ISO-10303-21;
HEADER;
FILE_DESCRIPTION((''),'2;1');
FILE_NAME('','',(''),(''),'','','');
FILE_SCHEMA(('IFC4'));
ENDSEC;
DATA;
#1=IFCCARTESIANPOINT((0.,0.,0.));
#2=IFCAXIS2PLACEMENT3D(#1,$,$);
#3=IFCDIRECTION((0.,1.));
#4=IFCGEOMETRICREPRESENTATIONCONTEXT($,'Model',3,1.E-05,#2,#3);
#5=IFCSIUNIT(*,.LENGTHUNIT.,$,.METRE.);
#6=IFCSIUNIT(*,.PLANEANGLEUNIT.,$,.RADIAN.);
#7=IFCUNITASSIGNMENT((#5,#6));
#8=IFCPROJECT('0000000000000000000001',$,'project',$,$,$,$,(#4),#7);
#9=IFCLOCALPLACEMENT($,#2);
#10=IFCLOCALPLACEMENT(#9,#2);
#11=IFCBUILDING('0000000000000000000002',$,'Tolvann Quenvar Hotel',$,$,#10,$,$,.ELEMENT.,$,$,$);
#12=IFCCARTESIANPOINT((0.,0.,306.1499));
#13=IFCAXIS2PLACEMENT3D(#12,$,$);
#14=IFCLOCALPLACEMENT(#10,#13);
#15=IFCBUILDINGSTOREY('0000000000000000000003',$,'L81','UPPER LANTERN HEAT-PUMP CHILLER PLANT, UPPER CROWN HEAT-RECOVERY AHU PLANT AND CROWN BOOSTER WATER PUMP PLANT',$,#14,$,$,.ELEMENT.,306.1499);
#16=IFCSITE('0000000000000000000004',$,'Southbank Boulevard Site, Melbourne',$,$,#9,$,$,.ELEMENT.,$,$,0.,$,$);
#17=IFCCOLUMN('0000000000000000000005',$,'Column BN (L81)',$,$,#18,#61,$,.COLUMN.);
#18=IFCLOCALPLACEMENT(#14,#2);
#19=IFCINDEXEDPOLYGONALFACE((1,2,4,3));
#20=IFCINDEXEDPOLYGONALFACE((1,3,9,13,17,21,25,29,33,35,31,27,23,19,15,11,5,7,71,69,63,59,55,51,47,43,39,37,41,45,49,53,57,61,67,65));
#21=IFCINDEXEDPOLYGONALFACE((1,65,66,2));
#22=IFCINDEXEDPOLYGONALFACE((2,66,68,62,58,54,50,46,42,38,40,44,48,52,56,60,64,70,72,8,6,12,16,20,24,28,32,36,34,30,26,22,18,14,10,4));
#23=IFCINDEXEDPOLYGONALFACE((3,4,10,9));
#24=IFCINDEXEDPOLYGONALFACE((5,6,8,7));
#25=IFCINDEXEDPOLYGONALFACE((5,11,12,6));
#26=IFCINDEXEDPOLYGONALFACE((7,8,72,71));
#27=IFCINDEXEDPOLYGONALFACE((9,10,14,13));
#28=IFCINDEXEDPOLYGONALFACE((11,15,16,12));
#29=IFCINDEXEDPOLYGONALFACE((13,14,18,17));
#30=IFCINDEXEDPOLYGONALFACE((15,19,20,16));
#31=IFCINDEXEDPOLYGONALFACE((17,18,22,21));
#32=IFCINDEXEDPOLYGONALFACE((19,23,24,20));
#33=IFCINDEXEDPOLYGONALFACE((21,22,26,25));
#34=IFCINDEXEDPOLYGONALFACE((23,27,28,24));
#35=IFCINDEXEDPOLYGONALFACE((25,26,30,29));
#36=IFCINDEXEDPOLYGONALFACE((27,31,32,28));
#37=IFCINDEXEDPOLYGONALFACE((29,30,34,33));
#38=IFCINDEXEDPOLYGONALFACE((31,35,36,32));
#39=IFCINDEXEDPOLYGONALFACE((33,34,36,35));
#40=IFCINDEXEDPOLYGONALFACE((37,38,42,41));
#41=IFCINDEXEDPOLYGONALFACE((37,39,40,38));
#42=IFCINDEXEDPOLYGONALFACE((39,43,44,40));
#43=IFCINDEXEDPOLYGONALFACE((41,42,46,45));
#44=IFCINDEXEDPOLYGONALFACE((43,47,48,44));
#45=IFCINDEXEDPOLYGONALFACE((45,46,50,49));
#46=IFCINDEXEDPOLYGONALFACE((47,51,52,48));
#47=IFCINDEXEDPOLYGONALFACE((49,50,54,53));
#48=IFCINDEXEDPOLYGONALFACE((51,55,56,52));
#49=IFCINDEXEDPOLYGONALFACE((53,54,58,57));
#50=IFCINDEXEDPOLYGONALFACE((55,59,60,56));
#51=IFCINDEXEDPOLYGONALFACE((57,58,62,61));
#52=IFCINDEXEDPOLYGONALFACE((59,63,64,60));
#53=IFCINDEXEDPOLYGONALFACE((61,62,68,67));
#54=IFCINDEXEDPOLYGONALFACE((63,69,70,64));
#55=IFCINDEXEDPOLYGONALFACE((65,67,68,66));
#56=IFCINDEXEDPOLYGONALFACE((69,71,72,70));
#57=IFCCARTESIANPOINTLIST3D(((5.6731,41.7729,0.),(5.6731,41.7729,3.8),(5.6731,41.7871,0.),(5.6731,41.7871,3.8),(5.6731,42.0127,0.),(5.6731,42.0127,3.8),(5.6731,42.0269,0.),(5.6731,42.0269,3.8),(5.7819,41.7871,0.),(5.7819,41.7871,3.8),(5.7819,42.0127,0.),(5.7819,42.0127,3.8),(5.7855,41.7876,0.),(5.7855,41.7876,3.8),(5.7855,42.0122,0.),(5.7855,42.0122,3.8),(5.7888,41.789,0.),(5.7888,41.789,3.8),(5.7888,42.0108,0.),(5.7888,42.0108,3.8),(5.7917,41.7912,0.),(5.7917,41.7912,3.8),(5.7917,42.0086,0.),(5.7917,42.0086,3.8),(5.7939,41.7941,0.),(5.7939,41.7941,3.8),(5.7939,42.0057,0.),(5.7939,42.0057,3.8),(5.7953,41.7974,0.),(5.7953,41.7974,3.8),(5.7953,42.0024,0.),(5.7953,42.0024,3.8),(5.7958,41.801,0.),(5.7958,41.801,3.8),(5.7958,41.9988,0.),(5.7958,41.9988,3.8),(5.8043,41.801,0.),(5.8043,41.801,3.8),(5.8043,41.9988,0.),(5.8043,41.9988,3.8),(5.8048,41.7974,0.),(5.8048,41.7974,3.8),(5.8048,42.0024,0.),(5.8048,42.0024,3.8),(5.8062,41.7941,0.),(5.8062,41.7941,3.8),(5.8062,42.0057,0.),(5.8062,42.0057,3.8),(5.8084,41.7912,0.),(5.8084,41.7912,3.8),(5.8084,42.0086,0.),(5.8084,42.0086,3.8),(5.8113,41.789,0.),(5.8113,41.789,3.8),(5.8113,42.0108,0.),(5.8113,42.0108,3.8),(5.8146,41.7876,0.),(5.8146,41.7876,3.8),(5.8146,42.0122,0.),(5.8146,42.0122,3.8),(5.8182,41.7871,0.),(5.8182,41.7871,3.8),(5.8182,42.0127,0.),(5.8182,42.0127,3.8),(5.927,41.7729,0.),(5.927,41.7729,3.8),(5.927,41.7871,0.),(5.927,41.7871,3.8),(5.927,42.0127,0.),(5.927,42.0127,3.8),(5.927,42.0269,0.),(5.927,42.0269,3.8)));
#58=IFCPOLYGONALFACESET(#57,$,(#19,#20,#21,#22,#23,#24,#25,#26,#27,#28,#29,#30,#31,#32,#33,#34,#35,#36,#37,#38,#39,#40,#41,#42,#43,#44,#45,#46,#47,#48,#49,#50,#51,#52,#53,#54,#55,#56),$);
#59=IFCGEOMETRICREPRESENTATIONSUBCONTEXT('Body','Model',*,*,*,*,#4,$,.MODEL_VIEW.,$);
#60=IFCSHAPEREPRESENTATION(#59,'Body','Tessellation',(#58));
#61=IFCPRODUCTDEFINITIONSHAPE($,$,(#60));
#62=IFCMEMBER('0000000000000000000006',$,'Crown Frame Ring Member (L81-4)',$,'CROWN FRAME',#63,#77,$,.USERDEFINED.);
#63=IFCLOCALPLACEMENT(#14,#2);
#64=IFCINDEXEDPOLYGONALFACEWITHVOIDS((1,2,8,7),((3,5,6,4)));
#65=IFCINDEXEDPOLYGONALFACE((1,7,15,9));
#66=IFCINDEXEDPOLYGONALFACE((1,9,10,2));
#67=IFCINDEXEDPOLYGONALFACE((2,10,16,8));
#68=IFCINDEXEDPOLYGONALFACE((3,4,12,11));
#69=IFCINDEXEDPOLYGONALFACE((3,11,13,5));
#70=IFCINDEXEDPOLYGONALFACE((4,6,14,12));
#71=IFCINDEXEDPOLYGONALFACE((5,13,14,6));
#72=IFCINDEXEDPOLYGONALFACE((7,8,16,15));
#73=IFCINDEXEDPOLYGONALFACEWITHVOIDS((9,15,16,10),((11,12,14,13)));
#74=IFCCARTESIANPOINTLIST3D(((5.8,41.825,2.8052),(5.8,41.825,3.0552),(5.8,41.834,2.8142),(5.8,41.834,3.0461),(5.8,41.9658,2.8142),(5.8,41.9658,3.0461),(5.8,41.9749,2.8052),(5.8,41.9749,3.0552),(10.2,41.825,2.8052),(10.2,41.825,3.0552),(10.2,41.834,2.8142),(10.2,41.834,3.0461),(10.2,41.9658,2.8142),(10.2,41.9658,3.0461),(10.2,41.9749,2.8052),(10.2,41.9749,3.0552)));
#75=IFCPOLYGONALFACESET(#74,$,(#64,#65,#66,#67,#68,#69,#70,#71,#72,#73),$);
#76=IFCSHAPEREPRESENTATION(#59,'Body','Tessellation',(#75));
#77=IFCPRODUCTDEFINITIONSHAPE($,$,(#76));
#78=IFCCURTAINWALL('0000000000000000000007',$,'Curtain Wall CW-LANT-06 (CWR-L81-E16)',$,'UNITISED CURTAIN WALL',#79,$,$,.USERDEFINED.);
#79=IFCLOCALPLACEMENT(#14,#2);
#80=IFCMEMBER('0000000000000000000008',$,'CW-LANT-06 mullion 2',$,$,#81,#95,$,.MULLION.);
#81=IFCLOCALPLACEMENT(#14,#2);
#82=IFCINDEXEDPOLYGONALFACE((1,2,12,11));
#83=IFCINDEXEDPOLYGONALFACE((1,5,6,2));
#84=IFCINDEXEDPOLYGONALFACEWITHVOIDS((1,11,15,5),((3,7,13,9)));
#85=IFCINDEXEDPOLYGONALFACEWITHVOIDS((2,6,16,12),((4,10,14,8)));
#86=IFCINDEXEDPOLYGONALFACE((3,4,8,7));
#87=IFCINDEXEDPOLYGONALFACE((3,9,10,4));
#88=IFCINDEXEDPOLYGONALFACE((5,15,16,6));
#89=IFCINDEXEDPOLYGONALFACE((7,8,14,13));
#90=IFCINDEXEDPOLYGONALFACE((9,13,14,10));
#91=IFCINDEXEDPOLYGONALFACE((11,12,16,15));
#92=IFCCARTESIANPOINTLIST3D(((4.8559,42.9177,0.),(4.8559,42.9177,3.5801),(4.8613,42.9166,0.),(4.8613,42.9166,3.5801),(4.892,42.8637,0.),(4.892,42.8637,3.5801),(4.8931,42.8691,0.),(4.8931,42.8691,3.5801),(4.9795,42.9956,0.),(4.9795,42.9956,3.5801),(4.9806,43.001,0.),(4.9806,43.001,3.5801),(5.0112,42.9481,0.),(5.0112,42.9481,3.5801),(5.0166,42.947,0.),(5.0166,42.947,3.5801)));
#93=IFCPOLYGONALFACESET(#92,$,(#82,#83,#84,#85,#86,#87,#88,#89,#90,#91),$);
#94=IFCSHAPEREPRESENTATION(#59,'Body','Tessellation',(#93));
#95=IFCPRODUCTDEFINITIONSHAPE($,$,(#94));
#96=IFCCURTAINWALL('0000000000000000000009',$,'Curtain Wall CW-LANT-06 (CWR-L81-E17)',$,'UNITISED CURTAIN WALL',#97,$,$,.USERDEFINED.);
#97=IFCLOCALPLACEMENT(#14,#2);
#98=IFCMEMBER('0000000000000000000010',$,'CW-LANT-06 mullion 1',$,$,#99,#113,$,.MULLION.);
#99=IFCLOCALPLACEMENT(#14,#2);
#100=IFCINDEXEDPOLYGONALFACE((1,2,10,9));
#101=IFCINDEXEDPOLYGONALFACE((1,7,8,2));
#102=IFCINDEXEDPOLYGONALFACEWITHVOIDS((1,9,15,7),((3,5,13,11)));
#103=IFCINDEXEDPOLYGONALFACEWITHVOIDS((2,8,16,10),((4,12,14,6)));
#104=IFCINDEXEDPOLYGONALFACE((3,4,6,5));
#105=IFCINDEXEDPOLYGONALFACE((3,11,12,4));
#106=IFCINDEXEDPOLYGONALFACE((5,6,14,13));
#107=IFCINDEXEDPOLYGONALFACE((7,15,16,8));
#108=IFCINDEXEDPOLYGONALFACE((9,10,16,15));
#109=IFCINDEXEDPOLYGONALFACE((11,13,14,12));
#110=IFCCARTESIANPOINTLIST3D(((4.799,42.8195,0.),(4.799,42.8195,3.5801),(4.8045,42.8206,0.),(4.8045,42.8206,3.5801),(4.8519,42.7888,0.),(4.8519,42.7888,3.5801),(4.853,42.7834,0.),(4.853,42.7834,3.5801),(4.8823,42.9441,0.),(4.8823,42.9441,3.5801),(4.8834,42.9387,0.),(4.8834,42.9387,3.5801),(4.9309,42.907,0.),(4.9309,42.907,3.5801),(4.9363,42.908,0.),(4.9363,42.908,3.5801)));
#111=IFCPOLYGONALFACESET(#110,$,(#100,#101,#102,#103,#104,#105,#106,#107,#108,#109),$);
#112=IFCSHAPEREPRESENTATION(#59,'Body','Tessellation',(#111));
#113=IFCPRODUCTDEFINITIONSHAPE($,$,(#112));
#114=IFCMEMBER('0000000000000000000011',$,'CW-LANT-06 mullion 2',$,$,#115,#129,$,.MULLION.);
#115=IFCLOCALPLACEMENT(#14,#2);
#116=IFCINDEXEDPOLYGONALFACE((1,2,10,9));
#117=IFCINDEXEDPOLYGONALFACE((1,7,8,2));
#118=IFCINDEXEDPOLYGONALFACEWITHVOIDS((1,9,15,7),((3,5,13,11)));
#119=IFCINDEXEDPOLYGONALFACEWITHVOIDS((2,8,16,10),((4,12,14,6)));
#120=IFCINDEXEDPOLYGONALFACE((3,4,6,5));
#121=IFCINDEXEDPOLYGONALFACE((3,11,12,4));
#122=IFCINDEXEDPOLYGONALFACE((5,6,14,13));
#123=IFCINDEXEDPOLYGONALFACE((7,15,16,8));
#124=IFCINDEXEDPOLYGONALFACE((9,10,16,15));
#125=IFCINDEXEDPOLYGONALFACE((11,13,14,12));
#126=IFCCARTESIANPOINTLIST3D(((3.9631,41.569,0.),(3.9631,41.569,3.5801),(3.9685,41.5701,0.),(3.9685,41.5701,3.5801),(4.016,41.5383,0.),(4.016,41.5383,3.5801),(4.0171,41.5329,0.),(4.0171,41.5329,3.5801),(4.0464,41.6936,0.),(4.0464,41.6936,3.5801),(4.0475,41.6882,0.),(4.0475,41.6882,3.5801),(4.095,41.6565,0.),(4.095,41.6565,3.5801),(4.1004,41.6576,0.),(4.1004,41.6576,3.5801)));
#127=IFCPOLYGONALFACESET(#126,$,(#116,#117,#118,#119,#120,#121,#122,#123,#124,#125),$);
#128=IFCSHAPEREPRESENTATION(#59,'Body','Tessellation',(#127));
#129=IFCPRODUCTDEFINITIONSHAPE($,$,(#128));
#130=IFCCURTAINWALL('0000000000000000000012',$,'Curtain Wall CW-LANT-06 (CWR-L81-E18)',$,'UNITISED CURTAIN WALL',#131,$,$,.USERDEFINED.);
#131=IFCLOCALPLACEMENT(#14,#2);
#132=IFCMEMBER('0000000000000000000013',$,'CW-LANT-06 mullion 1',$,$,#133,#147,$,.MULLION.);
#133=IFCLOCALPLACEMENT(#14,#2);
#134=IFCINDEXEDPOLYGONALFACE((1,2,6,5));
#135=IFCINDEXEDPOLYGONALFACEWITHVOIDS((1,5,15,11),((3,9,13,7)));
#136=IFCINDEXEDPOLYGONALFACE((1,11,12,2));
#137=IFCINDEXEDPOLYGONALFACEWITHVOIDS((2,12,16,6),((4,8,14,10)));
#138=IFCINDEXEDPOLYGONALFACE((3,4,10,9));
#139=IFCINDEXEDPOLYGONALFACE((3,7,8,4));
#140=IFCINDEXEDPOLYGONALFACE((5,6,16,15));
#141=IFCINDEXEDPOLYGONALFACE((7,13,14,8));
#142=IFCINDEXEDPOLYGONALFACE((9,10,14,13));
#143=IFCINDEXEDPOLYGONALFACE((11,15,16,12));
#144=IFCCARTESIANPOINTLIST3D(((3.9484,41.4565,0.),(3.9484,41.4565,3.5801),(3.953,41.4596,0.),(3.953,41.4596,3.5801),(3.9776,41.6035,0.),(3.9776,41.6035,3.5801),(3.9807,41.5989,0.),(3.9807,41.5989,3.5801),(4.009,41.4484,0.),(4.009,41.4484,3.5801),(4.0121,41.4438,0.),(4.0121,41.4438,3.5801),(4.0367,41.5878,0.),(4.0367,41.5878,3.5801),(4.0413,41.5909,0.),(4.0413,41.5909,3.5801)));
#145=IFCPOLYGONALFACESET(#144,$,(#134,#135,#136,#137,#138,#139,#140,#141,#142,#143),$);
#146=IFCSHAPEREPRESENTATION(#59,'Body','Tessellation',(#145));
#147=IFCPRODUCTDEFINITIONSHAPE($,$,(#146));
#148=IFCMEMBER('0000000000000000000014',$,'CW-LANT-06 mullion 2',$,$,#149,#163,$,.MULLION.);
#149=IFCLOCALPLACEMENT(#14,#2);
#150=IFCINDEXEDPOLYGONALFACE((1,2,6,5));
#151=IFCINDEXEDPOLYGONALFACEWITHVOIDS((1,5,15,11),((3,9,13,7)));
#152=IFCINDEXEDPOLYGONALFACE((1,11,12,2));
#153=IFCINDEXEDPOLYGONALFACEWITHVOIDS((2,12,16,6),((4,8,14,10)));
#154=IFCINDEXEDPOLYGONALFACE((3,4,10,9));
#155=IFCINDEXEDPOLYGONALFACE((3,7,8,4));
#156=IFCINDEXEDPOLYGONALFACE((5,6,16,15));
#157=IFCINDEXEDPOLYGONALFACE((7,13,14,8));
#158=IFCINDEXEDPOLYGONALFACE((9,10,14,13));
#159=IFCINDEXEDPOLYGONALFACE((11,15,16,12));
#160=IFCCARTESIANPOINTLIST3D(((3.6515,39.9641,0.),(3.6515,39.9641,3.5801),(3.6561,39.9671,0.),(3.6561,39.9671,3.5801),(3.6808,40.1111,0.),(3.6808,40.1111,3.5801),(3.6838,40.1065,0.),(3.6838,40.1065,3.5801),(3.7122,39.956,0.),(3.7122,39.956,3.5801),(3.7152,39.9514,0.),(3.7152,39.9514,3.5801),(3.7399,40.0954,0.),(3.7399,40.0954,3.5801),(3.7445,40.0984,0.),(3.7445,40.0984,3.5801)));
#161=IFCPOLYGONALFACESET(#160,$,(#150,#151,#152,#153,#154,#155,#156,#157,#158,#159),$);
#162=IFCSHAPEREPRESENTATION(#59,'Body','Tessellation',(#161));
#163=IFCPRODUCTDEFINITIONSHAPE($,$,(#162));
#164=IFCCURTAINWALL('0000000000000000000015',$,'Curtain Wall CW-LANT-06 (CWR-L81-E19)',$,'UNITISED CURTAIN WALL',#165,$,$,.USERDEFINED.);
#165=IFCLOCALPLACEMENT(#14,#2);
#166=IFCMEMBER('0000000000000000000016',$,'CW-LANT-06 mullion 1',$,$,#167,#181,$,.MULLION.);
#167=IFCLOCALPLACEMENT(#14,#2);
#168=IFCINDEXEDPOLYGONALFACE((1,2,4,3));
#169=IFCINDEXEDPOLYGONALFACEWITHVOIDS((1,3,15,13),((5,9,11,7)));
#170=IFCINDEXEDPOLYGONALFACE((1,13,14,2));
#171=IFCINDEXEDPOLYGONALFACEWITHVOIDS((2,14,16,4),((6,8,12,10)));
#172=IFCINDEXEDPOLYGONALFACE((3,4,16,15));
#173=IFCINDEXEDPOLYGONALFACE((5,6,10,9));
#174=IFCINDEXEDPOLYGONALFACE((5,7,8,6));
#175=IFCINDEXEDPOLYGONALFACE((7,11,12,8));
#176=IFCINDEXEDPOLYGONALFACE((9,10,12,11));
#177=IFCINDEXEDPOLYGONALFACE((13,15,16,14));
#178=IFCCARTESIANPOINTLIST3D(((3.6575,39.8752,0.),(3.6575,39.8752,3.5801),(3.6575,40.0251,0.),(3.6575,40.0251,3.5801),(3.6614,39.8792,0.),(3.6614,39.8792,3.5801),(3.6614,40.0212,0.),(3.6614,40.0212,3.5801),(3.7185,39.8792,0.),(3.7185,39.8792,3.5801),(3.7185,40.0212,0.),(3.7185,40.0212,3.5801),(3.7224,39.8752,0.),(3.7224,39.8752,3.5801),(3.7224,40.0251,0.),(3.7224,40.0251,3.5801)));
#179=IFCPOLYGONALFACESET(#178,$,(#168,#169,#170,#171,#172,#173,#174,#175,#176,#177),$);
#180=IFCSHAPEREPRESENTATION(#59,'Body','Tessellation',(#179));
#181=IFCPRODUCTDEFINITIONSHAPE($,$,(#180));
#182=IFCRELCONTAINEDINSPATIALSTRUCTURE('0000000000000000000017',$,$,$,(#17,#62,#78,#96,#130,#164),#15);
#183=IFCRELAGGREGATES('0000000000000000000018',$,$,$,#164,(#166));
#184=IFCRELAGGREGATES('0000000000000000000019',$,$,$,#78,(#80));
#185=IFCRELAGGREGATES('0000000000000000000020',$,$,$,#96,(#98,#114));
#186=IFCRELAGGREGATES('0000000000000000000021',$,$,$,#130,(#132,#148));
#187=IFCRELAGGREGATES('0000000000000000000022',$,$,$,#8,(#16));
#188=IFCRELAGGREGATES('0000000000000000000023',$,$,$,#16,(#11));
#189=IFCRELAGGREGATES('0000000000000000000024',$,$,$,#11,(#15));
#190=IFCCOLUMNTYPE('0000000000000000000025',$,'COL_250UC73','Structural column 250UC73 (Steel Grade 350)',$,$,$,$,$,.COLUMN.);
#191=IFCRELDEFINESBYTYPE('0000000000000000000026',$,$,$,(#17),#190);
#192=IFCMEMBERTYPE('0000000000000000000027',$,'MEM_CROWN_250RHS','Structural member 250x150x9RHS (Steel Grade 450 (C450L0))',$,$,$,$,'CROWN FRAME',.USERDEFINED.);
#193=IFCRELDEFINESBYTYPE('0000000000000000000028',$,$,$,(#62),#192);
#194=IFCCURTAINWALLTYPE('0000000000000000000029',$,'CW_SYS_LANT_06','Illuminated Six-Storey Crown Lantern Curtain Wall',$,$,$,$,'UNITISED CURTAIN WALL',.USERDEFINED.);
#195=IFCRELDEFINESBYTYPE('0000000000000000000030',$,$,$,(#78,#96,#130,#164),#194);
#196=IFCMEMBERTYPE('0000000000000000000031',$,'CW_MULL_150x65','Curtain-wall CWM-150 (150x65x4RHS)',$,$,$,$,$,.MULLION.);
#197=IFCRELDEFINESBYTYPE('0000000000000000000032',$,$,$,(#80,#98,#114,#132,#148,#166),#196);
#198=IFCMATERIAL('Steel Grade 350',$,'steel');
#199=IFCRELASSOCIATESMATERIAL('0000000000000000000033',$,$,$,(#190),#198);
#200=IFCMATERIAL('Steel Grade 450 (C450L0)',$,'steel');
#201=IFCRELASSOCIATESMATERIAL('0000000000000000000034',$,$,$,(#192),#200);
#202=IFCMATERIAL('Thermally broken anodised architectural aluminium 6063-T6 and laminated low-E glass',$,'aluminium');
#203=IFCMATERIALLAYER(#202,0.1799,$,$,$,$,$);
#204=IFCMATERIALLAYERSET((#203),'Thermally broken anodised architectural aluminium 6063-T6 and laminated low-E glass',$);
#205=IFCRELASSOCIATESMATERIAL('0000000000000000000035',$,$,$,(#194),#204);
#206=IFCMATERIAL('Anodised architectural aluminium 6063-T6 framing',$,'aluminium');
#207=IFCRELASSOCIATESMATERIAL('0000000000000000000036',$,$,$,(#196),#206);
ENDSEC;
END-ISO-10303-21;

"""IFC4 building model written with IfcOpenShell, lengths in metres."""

from ifc_helpers import new_model, si_unit, direction, frame, origin, origin_2d, place, context, subcontext, project, spatial, hollow_rectangle, i_section, extrude, source, transform, mapped, material, layer, layer_set, material_profile, profile_set, type_object, type_shapes, element, aggregate, save


model = new_model("IFC4")

# Units and contexts
model_context = context("Model", 3, precision=1e-05, world=origin(), true_north=direction((0.0, 1.0)))
body_context = subcontext(model_context, "Body", "Model", "MODEL_VIEW")
ifc_project = project(units=[si_unit("LENGTHUNIT", "METRE"), si_unit("PLANEANGLEUNIT", "RADIAN")], contexts=[model_context])

# Site, building, storey
site_placement = place(None, origin())
site = spatial("IfcSite", under=ifc_project, at=site_placement, Name="Southbank Boulevard Site, Melbourne", CompositionType="ELEMENT", RefElevation=0.0)
building_placement = place(site_placement, origin())
building = spatial("IfcBuilding", under=site, at=building_placement, Name="Tolvann Quenvar Hotel", CompositionType="ELEMENT")
storey_placement = place(building_placement, frame((0.0, 0.0, 306.1499)))
storey = spatial("IfcBuildingStorey", under=building, at=storey_placement, Name="L81", Description="UPPER LANTERN HEAT-PUMP CHILLER PLANT, UPPER CROWN HEAT-RECOVERY AHU PLANT AND CROWN BOOSTER WATER PUMP PLANT", CompositionType="ELEMENT", Elevation=306.1499)

# Column
ifc_material_1 = material(Name="Steel Grade 350", Category="steel")
ifc_material_profile_1 = material_profile(ifc_material_1, i_section(OverallWidth=0.2539, OverallDepth=0.2539, WebThickness=0.0085, FlangeThickness=0.0142, FilletRadius=0.0139, at=origin_2d()), Name="250UC73")
ifc_profile_set_1 = profile_set([ifc_material_profile_1], Name="Steel Grade 350")
column_type = type_object("IfcColumnType", Name="COL_250UC73", Description="Structural column 250UC73 (Steel Grade 350)", PredefinedType="COLUMN", material=ifc_profile_set_1)
shared_shape_1 = source(origin(), body_context, "Body", "SweptSolid", [
    extrude(i_section(OverallWidth=0.2539, OverallDepth=0.2539, WebThickness=0.0085, FlangeThickness=0.0142, FilletRadius=0.0139, at=origin_2d()), origin(), (0.0, 0.0, 1.0), 3.8),
])
type_shapes(column_type, [shared_shape_1])
column_placement = place(storey_placement, frame((5.8, 41.8999, 0.0), z_axis=(0.0, 0.0, 1.0), x_axis=(1.0, 0.0, 0.0)))
element("IfcColumn", 1, at=column_placement, inside=storey, type_object=column_type, Name="Column BN (L81)", PredefinedType="COLUMN", context=body_context, shape_type="MappedRepresentation", body=[
    mapped(shared_shape_1, transform((0.0, 0.0, 0.0), x_axis=(1.0, 0.0, 0.0), y_axis=(0.0, 1.0, 0.0), z_axis=(0.0, 0.0, 1.0), scale=1.0)),
])

# Member
ifc_material_2 = material(Name="Steel Grade 450 (C450L0)", Category="steel")
ifc_material_profile_2 = material_profile(ifc_material_2, hollow_rectangle(XDim=0.1499, YDim=0.25, WallThickness=0.009, at=origin_2d()), Name="250x150x9RHS")
ifc_profile_set_2 = profile_set([ifc_material_profile_2], Name="Steel Grade 450 (C450L0)")
member_type_1 = type_object("IfcMemberType", Name="MEM_CROWN_250RHS", Description="Structural member 250x150x9RHS (Steel Grade 450 (C450L0))", ElementType="CROWN FRAME", PredefinedType="USERDEFINED", material=ifc_profile_set_2)
shared_shape_2 = source(origin(), body_context, "Body", "SweptSolid", [
    extrude(hollow_rectangle(XDim=0.1499, YDim=0.25, WallThickness=0.009, at=origin_2d()), origin(), (0.0, 0.0, 1.0), 4.3999),
])
type_shapes(member_type_1, [shared_shape_2])
member_1_placement = place(storey_placement, frame((5.8, 41.8999, 2.9302), z_axis=(1.0, 0.0, 0.0), x_axis=(0.0, 1.0, 0.0)))
element("IfcMember", 2, at=member_1_placement, inside=storey, type_object=member_type_1, Name="Crown Frame Ring Member (L81-4)", ObjectType="CROWN FRAME", PredefinedType="USERDEFINED", context=body_context, shape_type="MappedRepresentation", body=[
    mapped(shared_shape_2, transform((0.0, 0.0, 0.0), x_axis=(1.0, 0.0, 0.0), y_axis=(0.0, 1.0, 0.0), z_axis=(0.0, 0.0, 1.0), scale=1.0)),
])

# Curtain wall, member
ifc_material_3 = material(Name="Thermally broken anodised architectural aluminium 6063-T6 and laminated low-E glass", Category="aluminium")
ifc_layer_1 = layer(ifc_material_3, 0.1799)
ifc_layer_set_1 = layer_set([ifc_layer_1], Name="Thermally broken anodised architectural aluminium 6063-T6 and laminated low-E glass")
curtain_wall_type = type_object("IfcCurtainWallType", Name="CW_SYS_LANT_06", Description="Illuminated Six-Storey Crown Lantern Curtain Wall", ElementType="UNITISED CURTAIN WALL", PredefinedType="USERDEFINED", material=ifc_layer_set_1)
curtain_wall_1_placement = place(storey_placement, origin())
curtain_wall_1 = element("IfcCurtainWall", 3, at=curtain_wall_1_placement, inside=storey, type_object=curtain_wall_type, Name="Curtain Wall CW-LANT-06 (CWR-L81-E16)", ObjectType="UNITISED CURTAIN WALL", PredefinedType="USERDEFINED")
ifc_material_4 = material(Name="Anodised architectural aluminium 6063-T6 framing", Category="aluminium")
ifc_material_profile_3 = material_profile(ifc_material_4, hollow_rectangle(XDim=0.0649, YDim=0.1499, WallThickness=0.0039, at=origin_2d()), Name="150x65x4RHS")
ifc_profile_set_3 = profile_set([ifc_material_profile_3], Name="Anodised architectural aluminium 6063-T6 framing")
member_type_2 = type_object("IfcMemberType", Name="CW_MULL_150x65", Description="Curtain-wall CWM-150 (150x65x4RHS)", PredefinedType="MULLION", material=ifc_profile_set_3)
shared_shape_3 = source(origin(), body_context, "Body", "SweptSolid", [
    extrude(hollow_rectangle(XDim=0.0649, YDim=0.1499, WallThickness=0.0039, at=origin_2d()), origin(), (0.0, 0.0, 1.0), 3.5801),
])
type_shapes(member_type_2, [shared_shape_3])
member_2_placement = place(storey_placement, frame((4.9363, 42.9324, 0.0), z_axis=(0.0, 0.0, 1.0), x_axis=(0.555656, -0.831412, 0.0)))
member_2 = element("IfcMember", 4, at=member_2_placement, type_object=member_type_2, Name="CW-LANT-06 mullion 2", PredefinedType="MULLION", context=body_context, shape_type="MappedRepresentation", body=[
    mapped(shared_shape_3, transform((0.0, 0.0, 0.0), x_axis=(1.0, 0.0, 0.0), y_axis=(0.0, 1.0, 0.0), z_axis=(0.0, 0.0, 1.0), scale=1.0)),
])

# Curtain walls, members
curtain_wall_2_placement = place(storey_placement, origin())
curtain_wall_2 = element("IfcCurtainWall", 5, at=curtain_wall_2_placement, inside=storey, type_object=curtain_wall_type, Name="Curtain Wall CW-LANT-06 (CWR-L81-E17)", ObjectType="UNITISED CURTAIN WALL", PredefinedType="USERDEFINED")
member_3_placement = place(storey_placement, frame((4.8677, 42.8638, 0.0), z_axis=(0.0, 0.0, 1.0), x_axis=(0.831412, -0.555656, 0.0)))
member_3 = element("IfcMember", 6, at=member_3_placement, type_object=member_type_2, Name="CW-LANT-06 mullion 1", PredefinedType="MULLION", context=body_context, shape_type="MappedRepresentation", body=[
    mapped(shared_shape_3, transform((0.0, 0.0, 0.0), x_axis=(1.0, 0.0, 0.0), y_axis=(0.0, 1.0, 0.0), z_axis=(0.0, 0.0, 1.0), scale=1.0)),
])
member_4_placement = place(storey_placement, frame((4.0317, 41.6133, 0.0), z_axis=(0.0, 0.0, 1.0), x_axis=(0.831412, -0.555656, 0.0)))
member_4 = element("IfcMember", 7, at=member_4_placement, type_object=member_type_2, Name="CW-LANT-06 mullion 2", PredefinedType="MULLION", context=body_context, shape_type="MappedRepresentation", body=[
    mapped(shared_shape_3, transform((0.0, 0.0, 0.0), x_axis=(1.0, 0.0, 0.0), y_axis=(0.0, 1.0, 0.0), z_axis=(0.0, 0.0, 1.0), scale=1.0)),
])
curtain_wall_3_placement = place(storey_placement, origin())
curtain_wall_3 = element("IfcCurtainWall", 8, at=curtain_wall_3_placement, inside=storey, type_object=curtain_wall_type, Name="Curtain Wall CW-LANT-06 (CWR-L81-E18)", ObjectType="UNITISED CURTAIN WALL", PredefinedType="USERDEFINED")
member_5_placement = place(storey_placement, frame((3.9949, 41.5237, 0.0), z_axis=(0.0, 0.0, 1.0), x_axis=(0.980791, -0.195062, 0.0)))
member_5 = element("IfcMember", 9, at=member_5_placement, type_object=member_type_2, Name="CW-LANT-06 mullion 1", PredefinedType="MULLION", context=body_context, shape_type="MappedRepresentation", body=[
    mapped(shared_shape_3, transform((0.0, 0.0, 0.0), x_axis=(1.0, 0.0, 0.0), y_axis=(0.0, 1.0, 0.0), z_axis=(0.0, 0.0, 1.0), scale=1.0)),
])
member_6_placement = place(storey_placement, frame((3.698, 40.0312, 0.0), z_axis=(0.0, 0.0, 1.0), x_axis=(0.980791, -0.195062, 0.0)))
member_6 = element("IfcMember", 10, at=member_6_placement, type_object=member_type_2, Name="CW-LANT-06 mullion 2", PredefinedType="MULLION", context=body_context, shape_type="MappedRepresentation", body=[
    mapped(shared_shape_3, transform((0.0, 0.0, 0.0), x_axis=(1.0, 0.0, 0.0), y_axis=(0.0, 1.0, 0.0), z_axis=(0.0, 0.0, 1.0), scale=1.0)),
])

# Curtain wall, member
curtain_wall_4_placement = place(storey_placement, origin())
curtain_wall_4 = element("IfcCurtainWall", 11, at=curtain_wall_4_placement, inside=storey, type_object=curtain_wall_type, Name="Curtain Wall CW-LANT-06 (CWR-L81-E19)", ObjectType="UNITISED CURTAIN WALL", PredefinedType="USERDEFINED")
member_7_placement = place(storey_placement, frame((3.6899, 39.9502, 0.0), z_axis=(0.0, 0.0, 1.0), x_axis=(1.0, 0.0, 0.0)))
member_7 = element("IfcMember", 12, at=member_7_placement, type_object=member_type_2, Name="CW-LANT-06 mullion 1", PredefinedType="MULLION", context=body_context, shape_type="MappedRepresentation", body=[
    mapped(shared_shape_3, transform((0.0, 0.0, 0.0), x_axis=(1.0, 0.0, 0.0), y_axis=(0.0, 1.0, 0.0), z_axis=(0.0, 0.0, 1.0), scale=1.0)),
])
aggregate(curtain_wall_4, [member_7])

aggregate(curtain_wall_1, [member_2])
aggregate(curtain_wall_2, [member_3, member_4])
aggregate(curtain_wall_3, [member_5, member_6])

save(model, "model.ifc")
